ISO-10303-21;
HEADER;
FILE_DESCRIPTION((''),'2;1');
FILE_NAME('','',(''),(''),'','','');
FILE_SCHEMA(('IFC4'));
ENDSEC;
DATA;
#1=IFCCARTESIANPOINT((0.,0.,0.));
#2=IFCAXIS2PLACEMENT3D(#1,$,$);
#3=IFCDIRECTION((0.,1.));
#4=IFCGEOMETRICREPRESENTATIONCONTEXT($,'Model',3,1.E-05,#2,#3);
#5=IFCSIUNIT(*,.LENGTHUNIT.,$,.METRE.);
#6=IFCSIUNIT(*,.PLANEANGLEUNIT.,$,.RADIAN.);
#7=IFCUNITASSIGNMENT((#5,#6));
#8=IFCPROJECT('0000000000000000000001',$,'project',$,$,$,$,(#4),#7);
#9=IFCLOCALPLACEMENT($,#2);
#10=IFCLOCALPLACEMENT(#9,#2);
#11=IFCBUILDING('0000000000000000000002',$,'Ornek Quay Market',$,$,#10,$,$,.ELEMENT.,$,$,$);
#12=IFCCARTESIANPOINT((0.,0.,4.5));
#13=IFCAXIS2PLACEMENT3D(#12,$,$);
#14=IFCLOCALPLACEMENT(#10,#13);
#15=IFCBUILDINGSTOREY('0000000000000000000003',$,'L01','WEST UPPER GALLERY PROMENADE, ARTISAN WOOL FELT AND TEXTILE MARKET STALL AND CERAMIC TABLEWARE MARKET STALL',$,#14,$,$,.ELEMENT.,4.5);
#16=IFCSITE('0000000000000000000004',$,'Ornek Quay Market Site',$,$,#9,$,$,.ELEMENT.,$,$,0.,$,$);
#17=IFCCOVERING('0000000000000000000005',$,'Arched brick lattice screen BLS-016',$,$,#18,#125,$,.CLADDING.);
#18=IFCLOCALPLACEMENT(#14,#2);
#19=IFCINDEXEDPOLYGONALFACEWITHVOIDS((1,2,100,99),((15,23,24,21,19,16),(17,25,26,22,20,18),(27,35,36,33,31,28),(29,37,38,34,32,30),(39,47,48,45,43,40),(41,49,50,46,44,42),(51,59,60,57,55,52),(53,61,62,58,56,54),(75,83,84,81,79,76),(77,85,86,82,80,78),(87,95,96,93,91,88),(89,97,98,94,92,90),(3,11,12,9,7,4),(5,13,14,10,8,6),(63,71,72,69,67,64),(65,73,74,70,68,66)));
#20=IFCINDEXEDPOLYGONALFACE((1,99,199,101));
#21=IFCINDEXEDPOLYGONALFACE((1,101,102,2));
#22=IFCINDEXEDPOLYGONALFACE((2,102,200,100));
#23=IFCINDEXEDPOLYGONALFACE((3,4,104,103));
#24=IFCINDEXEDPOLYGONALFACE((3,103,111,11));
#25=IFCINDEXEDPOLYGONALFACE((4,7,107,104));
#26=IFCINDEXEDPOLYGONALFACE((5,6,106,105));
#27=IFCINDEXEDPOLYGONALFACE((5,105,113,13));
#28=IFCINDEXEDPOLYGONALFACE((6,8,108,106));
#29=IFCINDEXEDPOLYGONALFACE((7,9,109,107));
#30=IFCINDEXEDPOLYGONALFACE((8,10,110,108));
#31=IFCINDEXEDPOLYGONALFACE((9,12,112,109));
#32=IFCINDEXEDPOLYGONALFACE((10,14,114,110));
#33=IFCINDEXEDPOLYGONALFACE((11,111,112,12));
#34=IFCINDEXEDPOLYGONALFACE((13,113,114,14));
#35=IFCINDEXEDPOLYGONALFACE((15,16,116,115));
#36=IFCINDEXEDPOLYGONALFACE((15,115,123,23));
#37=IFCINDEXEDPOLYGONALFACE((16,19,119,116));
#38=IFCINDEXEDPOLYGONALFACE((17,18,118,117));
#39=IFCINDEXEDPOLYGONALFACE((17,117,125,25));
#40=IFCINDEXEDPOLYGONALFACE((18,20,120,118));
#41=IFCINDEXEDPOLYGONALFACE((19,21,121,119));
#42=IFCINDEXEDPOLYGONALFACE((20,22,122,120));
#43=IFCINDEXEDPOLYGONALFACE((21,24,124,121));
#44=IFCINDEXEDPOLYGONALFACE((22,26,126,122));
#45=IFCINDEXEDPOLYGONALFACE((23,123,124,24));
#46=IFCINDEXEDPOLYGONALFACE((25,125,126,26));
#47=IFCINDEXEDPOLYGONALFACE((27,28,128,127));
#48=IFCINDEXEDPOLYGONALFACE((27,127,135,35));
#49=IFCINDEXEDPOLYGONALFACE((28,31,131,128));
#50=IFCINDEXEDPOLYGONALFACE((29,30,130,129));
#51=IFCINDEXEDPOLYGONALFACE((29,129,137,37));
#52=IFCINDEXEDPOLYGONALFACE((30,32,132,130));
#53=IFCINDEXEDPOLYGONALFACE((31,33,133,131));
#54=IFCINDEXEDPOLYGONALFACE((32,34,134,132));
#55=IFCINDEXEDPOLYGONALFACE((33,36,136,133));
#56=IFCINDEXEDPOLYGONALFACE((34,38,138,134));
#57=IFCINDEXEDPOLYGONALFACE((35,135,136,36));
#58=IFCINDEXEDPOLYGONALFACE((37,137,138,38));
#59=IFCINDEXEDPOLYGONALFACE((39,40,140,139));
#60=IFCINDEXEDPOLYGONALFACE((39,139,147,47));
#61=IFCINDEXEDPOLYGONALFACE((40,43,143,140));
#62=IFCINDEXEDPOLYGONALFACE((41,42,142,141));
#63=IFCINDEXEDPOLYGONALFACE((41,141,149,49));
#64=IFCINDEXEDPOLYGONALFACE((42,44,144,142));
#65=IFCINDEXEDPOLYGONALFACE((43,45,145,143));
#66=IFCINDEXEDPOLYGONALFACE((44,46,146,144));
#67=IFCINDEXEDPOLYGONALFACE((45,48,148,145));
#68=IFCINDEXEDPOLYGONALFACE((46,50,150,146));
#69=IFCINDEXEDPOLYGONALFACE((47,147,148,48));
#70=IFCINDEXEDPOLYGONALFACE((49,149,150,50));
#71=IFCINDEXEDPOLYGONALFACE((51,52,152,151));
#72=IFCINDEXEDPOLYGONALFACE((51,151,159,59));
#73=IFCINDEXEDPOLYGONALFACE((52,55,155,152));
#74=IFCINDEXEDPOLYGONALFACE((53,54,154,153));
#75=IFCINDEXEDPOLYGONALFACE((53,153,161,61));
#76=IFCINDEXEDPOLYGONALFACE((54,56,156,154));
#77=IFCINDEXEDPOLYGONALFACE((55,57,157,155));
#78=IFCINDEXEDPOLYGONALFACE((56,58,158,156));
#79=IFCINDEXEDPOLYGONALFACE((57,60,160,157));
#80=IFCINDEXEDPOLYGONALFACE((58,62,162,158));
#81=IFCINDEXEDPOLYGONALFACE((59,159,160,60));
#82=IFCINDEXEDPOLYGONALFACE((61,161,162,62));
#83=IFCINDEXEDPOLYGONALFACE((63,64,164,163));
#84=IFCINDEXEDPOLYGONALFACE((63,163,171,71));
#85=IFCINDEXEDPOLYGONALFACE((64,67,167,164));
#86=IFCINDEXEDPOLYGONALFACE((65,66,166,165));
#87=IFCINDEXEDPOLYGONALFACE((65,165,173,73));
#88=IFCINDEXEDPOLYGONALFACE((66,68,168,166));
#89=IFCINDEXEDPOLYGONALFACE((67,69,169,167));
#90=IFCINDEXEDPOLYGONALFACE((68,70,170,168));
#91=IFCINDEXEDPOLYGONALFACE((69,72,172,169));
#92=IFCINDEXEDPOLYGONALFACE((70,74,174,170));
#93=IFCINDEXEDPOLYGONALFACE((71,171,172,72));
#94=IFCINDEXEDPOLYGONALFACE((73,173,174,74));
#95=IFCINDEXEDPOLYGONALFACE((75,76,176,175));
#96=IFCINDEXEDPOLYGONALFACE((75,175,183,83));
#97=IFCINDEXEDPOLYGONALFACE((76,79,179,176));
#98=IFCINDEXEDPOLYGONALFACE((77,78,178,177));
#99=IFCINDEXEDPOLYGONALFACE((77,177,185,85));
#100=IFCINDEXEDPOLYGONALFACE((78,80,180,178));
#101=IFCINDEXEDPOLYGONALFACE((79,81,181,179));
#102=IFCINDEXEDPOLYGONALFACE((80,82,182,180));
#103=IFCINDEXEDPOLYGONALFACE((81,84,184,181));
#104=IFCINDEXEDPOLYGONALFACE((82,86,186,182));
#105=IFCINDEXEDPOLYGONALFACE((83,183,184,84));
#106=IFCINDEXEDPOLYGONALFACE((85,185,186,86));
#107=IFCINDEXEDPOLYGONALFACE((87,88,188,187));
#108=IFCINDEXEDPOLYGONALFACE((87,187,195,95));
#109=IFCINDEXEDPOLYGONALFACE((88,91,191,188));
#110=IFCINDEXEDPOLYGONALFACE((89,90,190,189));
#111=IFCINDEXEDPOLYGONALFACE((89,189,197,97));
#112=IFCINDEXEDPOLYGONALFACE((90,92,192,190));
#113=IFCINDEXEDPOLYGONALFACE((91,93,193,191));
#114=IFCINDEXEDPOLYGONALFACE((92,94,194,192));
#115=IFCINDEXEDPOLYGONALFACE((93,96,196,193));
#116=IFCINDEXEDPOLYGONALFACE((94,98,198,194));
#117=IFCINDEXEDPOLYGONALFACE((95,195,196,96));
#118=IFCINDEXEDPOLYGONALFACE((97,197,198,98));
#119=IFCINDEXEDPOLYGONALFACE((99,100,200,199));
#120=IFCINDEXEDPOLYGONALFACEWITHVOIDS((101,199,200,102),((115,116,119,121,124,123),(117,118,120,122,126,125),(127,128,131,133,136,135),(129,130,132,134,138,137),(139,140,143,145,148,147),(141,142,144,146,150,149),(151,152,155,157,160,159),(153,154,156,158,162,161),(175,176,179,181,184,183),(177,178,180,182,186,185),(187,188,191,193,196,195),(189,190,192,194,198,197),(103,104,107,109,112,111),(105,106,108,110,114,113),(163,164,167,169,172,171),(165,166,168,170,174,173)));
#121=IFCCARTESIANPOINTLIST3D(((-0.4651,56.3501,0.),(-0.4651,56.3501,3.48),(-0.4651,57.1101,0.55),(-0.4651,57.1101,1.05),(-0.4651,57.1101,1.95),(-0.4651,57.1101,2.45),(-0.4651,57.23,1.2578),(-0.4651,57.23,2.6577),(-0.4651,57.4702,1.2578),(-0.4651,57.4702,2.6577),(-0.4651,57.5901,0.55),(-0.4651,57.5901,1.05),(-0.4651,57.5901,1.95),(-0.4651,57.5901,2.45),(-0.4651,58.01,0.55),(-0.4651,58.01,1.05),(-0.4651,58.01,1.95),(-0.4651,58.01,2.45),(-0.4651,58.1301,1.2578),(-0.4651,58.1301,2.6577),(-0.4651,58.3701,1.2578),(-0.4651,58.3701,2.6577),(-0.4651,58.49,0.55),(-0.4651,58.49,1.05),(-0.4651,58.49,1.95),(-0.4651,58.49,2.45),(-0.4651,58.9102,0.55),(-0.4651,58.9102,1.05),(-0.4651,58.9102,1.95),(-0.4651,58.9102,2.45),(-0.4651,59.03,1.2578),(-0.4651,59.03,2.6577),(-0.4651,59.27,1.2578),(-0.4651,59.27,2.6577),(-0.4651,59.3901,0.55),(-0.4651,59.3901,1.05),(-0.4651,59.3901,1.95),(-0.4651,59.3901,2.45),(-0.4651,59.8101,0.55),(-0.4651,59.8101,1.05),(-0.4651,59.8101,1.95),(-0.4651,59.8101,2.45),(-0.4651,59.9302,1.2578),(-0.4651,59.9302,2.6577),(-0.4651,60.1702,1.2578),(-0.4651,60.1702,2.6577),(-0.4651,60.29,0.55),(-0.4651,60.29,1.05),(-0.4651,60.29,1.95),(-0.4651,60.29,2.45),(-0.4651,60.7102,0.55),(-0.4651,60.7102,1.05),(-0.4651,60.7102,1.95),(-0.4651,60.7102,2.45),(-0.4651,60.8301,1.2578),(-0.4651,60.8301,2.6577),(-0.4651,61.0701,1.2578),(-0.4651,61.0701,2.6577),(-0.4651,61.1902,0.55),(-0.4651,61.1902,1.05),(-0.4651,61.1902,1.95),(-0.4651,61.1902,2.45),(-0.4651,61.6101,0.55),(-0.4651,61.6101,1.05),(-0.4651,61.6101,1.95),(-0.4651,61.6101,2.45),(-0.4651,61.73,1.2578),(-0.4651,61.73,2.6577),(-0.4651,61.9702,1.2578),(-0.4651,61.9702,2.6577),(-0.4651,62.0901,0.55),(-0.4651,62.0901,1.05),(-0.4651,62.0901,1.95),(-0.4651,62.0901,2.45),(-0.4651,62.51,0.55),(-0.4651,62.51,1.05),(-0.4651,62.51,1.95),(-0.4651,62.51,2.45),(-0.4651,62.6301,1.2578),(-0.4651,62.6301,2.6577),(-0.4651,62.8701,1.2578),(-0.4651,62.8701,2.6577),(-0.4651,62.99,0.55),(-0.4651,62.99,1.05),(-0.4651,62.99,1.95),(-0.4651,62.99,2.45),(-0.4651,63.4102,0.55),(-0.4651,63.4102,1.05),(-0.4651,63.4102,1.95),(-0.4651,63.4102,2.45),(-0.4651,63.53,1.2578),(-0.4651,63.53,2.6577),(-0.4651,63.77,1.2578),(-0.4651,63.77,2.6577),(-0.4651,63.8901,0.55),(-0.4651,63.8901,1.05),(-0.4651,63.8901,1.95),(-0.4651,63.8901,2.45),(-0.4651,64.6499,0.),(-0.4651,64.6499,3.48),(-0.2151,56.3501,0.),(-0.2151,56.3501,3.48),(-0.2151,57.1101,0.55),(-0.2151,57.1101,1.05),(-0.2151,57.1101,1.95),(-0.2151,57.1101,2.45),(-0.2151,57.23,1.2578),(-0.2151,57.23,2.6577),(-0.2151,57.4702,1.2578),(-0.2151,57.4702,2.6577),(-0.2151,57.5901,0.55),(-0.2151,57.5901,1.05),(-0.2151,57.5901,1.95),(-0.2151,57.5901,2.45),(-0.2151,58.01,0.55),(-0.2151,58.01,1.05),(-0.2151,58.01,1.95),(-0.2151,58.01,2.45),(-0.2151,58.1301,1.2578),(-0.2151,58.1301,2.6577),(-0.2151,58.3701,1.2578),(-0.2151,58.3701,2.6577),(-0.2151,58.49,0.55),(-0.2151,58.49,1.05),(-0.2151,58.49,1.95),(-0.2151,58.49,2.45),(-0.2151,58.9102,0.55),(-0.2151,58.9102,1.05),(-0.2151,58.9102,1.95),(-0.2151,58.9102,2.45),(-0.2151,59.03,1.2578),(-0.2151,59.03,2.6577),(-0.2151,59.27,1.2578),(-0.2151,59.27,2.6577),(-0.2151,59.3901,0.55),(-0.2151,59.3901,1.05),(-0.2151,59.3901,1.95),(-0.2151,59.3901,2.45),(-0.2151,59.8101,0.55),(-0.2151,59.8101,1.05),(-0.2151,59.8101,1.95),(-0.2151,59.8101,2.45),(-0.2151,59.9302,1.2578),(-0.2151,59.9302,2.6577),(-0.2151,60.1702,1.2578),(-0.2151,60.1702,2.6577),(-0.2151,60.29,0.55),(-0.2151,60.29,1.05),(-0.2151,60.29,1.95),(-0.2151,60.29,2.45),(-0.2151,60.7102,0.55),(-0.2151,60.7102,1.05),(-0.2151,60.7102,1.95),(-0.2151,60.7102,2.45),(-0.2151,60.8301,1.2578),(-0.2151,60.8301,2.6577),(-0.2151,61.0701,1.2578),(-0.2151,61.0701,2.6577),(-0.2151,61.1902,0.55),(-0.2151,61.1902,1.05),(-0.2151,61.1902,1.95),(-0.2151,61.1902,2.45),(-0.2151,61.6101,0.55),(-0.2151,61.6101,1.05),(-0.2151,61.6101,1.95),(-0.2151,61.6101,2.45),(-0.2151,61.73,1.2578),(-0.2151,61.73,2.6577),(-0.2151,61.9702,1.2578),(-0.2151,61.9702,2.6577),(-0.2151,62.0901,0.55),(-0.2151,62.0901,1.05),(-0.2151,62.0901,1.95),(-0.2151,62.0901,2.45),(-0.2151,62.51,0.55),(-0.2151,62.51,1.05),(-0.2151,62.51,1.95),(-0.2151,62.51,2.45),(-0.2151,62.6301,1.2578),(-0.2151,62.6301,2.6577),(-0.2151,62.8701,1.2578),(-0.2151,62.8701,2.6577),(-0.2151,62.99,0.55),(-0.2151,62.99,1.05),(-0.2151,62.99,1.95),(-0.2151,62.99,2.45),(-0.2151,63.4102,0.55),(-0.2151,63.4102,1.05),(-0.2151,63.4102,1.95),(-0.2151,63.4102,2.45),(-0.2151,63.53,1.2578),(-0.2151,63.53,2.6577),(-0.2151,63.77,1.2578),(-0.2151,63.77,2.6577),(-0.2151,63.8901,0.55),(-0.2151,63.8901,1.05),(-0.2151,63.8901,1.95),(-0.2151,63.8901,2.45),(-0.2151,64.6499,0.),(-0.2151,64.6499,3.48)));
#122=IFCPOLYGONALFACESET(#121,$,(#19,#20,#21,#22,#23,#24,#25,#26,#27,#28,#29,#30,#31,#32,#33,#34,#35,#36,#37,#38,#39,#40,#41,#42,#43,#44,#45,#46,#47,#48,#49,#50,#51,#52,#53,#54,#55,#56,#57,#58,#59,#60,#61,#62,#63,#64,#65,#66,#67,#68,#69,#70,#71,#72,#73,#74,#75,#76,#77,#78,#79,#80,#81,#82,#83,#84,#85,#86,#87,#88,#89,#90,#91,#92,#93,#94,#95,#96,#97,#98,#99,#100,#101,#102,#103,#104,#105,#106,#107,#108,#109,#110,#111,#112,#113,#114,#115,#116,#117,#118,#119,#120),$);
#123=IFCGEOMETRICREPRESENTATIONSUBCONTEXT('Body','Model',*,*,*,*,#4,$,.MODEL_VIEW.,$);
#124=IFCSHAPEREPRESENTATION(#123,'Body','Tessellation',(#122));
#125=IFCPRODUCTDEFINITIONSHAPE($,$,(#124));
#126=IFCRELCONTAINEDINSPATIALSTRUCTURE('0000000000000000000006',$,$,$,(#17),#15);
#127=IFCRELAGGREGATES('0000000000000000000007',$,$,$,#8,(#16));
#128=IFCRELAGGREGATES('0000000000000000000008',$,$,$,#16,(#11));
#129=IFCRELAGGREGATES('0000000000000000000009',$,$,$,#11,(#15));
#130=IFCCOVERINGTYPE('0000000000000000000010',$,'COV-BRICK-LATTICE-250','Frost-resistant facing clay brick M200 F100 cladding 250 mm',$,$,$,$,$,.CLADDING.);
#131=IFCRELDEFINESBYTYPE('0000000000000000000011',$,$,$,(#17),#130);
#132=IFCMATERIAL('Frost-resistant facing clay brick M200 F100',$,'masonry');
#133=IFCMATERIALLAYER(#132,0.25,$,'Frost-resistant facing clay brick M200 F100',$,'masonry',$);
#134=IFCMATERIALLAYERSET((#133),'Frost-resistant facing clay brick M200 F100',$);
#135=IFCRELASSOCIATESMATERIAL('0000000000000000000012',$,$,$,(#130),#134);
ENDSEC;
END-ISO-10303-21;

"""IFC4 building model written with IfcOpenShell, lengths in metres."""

from ifc_helpers import new_model, si_unit, direction, frame, origin, place, context, subcontext, project, spatial, polyline, outline, extrude, material, layer, layer_set, type_object, element, save


model = new_model("IFC4")

# Units and contexts
model_context = context("Model", 3, precision=1e-05, world=origin(), true_north=direction((0.0, 1.0)))
body_context = subcontext(model_context, "Body", "Model", "MODEL_VIEW")
ifc_project = project(units=[si_unit("LENGTHUNIT", "METRE"), si_unit("PLANEANGLEUNIT", "RADIAN")], contexts=[model_context])

# Site, building, storey
site_placement = place(None, origin())
site = spatial("IfcSite", under=ifc_project, at=site_placement, Name="Ornek Quay Market Site", CompositionType="ELEMENT", RefElevation=0.0)
building_placement = place(site_placement, origin())
building = spatial("IfcBuilding", under=site, at=building_placement, Name="Ornek Quay Market", CompositionType="ELEMENT")
storey_placement = place(building_placement, frame((0.0, 0.0, 4.5)))
storey = spatial("IfcBuildingStorey", under=building, at=storey_placement, Name="L01", Description="WEST UPPER GALLERY PROMENADE, ARTISAN WOOL FELT AND TEXTILE MARKET STALL AND CERAMIC TABLEWARE MARKET STALL", CompositionType="ELEMENT", Elevation=4.5)

# Shared definitions
ifc_material_1 = material(Name="Frost-resistant facing clay brick M200 F100", Category="masonry")

# Covering
ifc_layer_1 = layer(ifc_material_1, 0.25, Name="Frost-resistant facing clay brick M200 F100", Category="masonry")
ifc_layer_set_1 = layer_set([ifc_layer_1], Name="Frost-resistant facing clay brick M200 F100")
covering_type = type_object("IfcCoveringType", Name="COV-BRICK-LATTICE-250", Description="Frost-resistant facing clay brick M200 F100 cladding 250 mm", PredefinedType="CLADDING", material=ifc_layer_set_1)
covering_1_placement = place(storey_placement, frame((-0.3401, 56.3501, 0.0), z_axis=(0.0, 0.0, 1.0), x_axis=(0.0, 1.0, 0.0)))
element("IfcCovering", 1, at=covering_1_placement, inside=storey, type_object=covering_type, Name="Arched brick lattice screen BLS-016", PredefinedType="CLADDING", context=body_context, shape_type="SweptSolid", body=[
    extrude(outline(polyline([(0.0, 0.0), (8.2998, 0.0), (8.2998, 3.48), (0.0, 3.48), (0.0, 0.0)]), holes=[polyline([(0.76, 0.55), (1.24, 0.55), (1.24, 1.05), (1.1201, 1.2578), (0.8799, 1.2578), (0.76, 1.05), (0.76, 0.55)]), polyline([(0.76, 1.95), (1.24, 1.95), (1.24, 2.45), (1.1201, 2.6577), (0.8799, 2.6577), (0.76, 2.45), (0.76, 1.95)]), polyline([(1.6599, 0.55), (2.1399, 0.55), (2.1399, 1.05), (2.02, 1.2578), (1.78, 1.2578), (1.6599, 1.05), (1.6599, 0.55)]), polyline([(1.6599, 1.95), (2.1399, 1.95), (2.1399, 2.45), (2.02, 2.6577), (1.78, 2.6577), (1.6599, 2.45), (1.6599, 1.95)]), polyline([(2.5601, 0.55), (3.04, 0.55), (3.04, 1.05), (2.9199, 1.2578), (2.6799, 1.2578), (2.5601, 1.05), (2.5601, 0.55)]), polyline([(2.5601, 1.95), (3.04, 1.95), (3.04, 2.45), (2.9199, 2.6577), (2.6799, 2.6577), (2.5601, 2.45), (2.5601, 1.95)]), polyline([(3.46, 0.55), (3.9399, 0.55), (3.9399, 1.05), (3.8201, 1.2578), (3.5801, 1.2578), (3.46, 1.05), (3.46, 0.55)]), polyline([(3.46, 1.95), (3.9399, 1.95), (3.9399, 2.45), (3.8201, 2.6577), (3.5801, 2.6577), (3.46, 2.45), (3.46, 1.95)]), polyline([(4.3601, 0.55), (4.8401, 0.55), (4.8401, 1.05), (4.72, 1.2578), (4.48, 1.2578), (4.3601, 1.05), (4.3601, 0.55)]), polyline([(4.3601, 1.95), (4.8401, 1.95), (4.8401, 2.45), (4.72, 2.6577), (4.48, 2.6577), (4.3601, 2.45), (4.3601, 1.95)]), polyline([(5.26, 0.55), (5.74, 0.55), (5.74, 1.05), (5.6201, 1.2578), (5.3799, 1.2578), (5.26, 1.05), (5.26, 0.55)]), polyline([(5.26, 1.95), (5.74, 1.95), (5.74, 2.45), (5.6201, 2.6577), (5.3799, 2.6577), (5.26, 2.45), (5.26, 1.95)]), polyline([(6.1599, 0.55), (6.6399, 0.55), (6.6399, 1.05), (6.52, 1.2578), (6.28, 1.2578), (6.1599, 1.05), (6.1599, 0.55)]), polyline([(6.1599, 1.95), (6.6399, 1.95), (6.6399, 2.45), (6.52, 2.6577), (6.28, 2.6577), (6.1599, 2.45), (6.1599, 1.95)]), polyline([(7.0601, 0.55), (7.54, 0.55), (7.54, 1.05), (7.4199, 1.2578), (7.1799, 1.2578), (7.0601, 1.05), (7.0601, 0.55)]), polyline([(7.0601, 1.95), (7.54, 1.95), (7.54, 2.45), (7.4199, 2.6577), (7.1799, 2.6577), (7.0601, 2.45), (7.0601, 1.95)])]), frame((0.0, 0.125, 0.0), z_axis=(0.0, -1.0, 0.0), x_axis=(1.0, 0.0, 0.0)), (0.0, 0.0, 1.0), 0.25),
])

save(model, "model.ifc")
